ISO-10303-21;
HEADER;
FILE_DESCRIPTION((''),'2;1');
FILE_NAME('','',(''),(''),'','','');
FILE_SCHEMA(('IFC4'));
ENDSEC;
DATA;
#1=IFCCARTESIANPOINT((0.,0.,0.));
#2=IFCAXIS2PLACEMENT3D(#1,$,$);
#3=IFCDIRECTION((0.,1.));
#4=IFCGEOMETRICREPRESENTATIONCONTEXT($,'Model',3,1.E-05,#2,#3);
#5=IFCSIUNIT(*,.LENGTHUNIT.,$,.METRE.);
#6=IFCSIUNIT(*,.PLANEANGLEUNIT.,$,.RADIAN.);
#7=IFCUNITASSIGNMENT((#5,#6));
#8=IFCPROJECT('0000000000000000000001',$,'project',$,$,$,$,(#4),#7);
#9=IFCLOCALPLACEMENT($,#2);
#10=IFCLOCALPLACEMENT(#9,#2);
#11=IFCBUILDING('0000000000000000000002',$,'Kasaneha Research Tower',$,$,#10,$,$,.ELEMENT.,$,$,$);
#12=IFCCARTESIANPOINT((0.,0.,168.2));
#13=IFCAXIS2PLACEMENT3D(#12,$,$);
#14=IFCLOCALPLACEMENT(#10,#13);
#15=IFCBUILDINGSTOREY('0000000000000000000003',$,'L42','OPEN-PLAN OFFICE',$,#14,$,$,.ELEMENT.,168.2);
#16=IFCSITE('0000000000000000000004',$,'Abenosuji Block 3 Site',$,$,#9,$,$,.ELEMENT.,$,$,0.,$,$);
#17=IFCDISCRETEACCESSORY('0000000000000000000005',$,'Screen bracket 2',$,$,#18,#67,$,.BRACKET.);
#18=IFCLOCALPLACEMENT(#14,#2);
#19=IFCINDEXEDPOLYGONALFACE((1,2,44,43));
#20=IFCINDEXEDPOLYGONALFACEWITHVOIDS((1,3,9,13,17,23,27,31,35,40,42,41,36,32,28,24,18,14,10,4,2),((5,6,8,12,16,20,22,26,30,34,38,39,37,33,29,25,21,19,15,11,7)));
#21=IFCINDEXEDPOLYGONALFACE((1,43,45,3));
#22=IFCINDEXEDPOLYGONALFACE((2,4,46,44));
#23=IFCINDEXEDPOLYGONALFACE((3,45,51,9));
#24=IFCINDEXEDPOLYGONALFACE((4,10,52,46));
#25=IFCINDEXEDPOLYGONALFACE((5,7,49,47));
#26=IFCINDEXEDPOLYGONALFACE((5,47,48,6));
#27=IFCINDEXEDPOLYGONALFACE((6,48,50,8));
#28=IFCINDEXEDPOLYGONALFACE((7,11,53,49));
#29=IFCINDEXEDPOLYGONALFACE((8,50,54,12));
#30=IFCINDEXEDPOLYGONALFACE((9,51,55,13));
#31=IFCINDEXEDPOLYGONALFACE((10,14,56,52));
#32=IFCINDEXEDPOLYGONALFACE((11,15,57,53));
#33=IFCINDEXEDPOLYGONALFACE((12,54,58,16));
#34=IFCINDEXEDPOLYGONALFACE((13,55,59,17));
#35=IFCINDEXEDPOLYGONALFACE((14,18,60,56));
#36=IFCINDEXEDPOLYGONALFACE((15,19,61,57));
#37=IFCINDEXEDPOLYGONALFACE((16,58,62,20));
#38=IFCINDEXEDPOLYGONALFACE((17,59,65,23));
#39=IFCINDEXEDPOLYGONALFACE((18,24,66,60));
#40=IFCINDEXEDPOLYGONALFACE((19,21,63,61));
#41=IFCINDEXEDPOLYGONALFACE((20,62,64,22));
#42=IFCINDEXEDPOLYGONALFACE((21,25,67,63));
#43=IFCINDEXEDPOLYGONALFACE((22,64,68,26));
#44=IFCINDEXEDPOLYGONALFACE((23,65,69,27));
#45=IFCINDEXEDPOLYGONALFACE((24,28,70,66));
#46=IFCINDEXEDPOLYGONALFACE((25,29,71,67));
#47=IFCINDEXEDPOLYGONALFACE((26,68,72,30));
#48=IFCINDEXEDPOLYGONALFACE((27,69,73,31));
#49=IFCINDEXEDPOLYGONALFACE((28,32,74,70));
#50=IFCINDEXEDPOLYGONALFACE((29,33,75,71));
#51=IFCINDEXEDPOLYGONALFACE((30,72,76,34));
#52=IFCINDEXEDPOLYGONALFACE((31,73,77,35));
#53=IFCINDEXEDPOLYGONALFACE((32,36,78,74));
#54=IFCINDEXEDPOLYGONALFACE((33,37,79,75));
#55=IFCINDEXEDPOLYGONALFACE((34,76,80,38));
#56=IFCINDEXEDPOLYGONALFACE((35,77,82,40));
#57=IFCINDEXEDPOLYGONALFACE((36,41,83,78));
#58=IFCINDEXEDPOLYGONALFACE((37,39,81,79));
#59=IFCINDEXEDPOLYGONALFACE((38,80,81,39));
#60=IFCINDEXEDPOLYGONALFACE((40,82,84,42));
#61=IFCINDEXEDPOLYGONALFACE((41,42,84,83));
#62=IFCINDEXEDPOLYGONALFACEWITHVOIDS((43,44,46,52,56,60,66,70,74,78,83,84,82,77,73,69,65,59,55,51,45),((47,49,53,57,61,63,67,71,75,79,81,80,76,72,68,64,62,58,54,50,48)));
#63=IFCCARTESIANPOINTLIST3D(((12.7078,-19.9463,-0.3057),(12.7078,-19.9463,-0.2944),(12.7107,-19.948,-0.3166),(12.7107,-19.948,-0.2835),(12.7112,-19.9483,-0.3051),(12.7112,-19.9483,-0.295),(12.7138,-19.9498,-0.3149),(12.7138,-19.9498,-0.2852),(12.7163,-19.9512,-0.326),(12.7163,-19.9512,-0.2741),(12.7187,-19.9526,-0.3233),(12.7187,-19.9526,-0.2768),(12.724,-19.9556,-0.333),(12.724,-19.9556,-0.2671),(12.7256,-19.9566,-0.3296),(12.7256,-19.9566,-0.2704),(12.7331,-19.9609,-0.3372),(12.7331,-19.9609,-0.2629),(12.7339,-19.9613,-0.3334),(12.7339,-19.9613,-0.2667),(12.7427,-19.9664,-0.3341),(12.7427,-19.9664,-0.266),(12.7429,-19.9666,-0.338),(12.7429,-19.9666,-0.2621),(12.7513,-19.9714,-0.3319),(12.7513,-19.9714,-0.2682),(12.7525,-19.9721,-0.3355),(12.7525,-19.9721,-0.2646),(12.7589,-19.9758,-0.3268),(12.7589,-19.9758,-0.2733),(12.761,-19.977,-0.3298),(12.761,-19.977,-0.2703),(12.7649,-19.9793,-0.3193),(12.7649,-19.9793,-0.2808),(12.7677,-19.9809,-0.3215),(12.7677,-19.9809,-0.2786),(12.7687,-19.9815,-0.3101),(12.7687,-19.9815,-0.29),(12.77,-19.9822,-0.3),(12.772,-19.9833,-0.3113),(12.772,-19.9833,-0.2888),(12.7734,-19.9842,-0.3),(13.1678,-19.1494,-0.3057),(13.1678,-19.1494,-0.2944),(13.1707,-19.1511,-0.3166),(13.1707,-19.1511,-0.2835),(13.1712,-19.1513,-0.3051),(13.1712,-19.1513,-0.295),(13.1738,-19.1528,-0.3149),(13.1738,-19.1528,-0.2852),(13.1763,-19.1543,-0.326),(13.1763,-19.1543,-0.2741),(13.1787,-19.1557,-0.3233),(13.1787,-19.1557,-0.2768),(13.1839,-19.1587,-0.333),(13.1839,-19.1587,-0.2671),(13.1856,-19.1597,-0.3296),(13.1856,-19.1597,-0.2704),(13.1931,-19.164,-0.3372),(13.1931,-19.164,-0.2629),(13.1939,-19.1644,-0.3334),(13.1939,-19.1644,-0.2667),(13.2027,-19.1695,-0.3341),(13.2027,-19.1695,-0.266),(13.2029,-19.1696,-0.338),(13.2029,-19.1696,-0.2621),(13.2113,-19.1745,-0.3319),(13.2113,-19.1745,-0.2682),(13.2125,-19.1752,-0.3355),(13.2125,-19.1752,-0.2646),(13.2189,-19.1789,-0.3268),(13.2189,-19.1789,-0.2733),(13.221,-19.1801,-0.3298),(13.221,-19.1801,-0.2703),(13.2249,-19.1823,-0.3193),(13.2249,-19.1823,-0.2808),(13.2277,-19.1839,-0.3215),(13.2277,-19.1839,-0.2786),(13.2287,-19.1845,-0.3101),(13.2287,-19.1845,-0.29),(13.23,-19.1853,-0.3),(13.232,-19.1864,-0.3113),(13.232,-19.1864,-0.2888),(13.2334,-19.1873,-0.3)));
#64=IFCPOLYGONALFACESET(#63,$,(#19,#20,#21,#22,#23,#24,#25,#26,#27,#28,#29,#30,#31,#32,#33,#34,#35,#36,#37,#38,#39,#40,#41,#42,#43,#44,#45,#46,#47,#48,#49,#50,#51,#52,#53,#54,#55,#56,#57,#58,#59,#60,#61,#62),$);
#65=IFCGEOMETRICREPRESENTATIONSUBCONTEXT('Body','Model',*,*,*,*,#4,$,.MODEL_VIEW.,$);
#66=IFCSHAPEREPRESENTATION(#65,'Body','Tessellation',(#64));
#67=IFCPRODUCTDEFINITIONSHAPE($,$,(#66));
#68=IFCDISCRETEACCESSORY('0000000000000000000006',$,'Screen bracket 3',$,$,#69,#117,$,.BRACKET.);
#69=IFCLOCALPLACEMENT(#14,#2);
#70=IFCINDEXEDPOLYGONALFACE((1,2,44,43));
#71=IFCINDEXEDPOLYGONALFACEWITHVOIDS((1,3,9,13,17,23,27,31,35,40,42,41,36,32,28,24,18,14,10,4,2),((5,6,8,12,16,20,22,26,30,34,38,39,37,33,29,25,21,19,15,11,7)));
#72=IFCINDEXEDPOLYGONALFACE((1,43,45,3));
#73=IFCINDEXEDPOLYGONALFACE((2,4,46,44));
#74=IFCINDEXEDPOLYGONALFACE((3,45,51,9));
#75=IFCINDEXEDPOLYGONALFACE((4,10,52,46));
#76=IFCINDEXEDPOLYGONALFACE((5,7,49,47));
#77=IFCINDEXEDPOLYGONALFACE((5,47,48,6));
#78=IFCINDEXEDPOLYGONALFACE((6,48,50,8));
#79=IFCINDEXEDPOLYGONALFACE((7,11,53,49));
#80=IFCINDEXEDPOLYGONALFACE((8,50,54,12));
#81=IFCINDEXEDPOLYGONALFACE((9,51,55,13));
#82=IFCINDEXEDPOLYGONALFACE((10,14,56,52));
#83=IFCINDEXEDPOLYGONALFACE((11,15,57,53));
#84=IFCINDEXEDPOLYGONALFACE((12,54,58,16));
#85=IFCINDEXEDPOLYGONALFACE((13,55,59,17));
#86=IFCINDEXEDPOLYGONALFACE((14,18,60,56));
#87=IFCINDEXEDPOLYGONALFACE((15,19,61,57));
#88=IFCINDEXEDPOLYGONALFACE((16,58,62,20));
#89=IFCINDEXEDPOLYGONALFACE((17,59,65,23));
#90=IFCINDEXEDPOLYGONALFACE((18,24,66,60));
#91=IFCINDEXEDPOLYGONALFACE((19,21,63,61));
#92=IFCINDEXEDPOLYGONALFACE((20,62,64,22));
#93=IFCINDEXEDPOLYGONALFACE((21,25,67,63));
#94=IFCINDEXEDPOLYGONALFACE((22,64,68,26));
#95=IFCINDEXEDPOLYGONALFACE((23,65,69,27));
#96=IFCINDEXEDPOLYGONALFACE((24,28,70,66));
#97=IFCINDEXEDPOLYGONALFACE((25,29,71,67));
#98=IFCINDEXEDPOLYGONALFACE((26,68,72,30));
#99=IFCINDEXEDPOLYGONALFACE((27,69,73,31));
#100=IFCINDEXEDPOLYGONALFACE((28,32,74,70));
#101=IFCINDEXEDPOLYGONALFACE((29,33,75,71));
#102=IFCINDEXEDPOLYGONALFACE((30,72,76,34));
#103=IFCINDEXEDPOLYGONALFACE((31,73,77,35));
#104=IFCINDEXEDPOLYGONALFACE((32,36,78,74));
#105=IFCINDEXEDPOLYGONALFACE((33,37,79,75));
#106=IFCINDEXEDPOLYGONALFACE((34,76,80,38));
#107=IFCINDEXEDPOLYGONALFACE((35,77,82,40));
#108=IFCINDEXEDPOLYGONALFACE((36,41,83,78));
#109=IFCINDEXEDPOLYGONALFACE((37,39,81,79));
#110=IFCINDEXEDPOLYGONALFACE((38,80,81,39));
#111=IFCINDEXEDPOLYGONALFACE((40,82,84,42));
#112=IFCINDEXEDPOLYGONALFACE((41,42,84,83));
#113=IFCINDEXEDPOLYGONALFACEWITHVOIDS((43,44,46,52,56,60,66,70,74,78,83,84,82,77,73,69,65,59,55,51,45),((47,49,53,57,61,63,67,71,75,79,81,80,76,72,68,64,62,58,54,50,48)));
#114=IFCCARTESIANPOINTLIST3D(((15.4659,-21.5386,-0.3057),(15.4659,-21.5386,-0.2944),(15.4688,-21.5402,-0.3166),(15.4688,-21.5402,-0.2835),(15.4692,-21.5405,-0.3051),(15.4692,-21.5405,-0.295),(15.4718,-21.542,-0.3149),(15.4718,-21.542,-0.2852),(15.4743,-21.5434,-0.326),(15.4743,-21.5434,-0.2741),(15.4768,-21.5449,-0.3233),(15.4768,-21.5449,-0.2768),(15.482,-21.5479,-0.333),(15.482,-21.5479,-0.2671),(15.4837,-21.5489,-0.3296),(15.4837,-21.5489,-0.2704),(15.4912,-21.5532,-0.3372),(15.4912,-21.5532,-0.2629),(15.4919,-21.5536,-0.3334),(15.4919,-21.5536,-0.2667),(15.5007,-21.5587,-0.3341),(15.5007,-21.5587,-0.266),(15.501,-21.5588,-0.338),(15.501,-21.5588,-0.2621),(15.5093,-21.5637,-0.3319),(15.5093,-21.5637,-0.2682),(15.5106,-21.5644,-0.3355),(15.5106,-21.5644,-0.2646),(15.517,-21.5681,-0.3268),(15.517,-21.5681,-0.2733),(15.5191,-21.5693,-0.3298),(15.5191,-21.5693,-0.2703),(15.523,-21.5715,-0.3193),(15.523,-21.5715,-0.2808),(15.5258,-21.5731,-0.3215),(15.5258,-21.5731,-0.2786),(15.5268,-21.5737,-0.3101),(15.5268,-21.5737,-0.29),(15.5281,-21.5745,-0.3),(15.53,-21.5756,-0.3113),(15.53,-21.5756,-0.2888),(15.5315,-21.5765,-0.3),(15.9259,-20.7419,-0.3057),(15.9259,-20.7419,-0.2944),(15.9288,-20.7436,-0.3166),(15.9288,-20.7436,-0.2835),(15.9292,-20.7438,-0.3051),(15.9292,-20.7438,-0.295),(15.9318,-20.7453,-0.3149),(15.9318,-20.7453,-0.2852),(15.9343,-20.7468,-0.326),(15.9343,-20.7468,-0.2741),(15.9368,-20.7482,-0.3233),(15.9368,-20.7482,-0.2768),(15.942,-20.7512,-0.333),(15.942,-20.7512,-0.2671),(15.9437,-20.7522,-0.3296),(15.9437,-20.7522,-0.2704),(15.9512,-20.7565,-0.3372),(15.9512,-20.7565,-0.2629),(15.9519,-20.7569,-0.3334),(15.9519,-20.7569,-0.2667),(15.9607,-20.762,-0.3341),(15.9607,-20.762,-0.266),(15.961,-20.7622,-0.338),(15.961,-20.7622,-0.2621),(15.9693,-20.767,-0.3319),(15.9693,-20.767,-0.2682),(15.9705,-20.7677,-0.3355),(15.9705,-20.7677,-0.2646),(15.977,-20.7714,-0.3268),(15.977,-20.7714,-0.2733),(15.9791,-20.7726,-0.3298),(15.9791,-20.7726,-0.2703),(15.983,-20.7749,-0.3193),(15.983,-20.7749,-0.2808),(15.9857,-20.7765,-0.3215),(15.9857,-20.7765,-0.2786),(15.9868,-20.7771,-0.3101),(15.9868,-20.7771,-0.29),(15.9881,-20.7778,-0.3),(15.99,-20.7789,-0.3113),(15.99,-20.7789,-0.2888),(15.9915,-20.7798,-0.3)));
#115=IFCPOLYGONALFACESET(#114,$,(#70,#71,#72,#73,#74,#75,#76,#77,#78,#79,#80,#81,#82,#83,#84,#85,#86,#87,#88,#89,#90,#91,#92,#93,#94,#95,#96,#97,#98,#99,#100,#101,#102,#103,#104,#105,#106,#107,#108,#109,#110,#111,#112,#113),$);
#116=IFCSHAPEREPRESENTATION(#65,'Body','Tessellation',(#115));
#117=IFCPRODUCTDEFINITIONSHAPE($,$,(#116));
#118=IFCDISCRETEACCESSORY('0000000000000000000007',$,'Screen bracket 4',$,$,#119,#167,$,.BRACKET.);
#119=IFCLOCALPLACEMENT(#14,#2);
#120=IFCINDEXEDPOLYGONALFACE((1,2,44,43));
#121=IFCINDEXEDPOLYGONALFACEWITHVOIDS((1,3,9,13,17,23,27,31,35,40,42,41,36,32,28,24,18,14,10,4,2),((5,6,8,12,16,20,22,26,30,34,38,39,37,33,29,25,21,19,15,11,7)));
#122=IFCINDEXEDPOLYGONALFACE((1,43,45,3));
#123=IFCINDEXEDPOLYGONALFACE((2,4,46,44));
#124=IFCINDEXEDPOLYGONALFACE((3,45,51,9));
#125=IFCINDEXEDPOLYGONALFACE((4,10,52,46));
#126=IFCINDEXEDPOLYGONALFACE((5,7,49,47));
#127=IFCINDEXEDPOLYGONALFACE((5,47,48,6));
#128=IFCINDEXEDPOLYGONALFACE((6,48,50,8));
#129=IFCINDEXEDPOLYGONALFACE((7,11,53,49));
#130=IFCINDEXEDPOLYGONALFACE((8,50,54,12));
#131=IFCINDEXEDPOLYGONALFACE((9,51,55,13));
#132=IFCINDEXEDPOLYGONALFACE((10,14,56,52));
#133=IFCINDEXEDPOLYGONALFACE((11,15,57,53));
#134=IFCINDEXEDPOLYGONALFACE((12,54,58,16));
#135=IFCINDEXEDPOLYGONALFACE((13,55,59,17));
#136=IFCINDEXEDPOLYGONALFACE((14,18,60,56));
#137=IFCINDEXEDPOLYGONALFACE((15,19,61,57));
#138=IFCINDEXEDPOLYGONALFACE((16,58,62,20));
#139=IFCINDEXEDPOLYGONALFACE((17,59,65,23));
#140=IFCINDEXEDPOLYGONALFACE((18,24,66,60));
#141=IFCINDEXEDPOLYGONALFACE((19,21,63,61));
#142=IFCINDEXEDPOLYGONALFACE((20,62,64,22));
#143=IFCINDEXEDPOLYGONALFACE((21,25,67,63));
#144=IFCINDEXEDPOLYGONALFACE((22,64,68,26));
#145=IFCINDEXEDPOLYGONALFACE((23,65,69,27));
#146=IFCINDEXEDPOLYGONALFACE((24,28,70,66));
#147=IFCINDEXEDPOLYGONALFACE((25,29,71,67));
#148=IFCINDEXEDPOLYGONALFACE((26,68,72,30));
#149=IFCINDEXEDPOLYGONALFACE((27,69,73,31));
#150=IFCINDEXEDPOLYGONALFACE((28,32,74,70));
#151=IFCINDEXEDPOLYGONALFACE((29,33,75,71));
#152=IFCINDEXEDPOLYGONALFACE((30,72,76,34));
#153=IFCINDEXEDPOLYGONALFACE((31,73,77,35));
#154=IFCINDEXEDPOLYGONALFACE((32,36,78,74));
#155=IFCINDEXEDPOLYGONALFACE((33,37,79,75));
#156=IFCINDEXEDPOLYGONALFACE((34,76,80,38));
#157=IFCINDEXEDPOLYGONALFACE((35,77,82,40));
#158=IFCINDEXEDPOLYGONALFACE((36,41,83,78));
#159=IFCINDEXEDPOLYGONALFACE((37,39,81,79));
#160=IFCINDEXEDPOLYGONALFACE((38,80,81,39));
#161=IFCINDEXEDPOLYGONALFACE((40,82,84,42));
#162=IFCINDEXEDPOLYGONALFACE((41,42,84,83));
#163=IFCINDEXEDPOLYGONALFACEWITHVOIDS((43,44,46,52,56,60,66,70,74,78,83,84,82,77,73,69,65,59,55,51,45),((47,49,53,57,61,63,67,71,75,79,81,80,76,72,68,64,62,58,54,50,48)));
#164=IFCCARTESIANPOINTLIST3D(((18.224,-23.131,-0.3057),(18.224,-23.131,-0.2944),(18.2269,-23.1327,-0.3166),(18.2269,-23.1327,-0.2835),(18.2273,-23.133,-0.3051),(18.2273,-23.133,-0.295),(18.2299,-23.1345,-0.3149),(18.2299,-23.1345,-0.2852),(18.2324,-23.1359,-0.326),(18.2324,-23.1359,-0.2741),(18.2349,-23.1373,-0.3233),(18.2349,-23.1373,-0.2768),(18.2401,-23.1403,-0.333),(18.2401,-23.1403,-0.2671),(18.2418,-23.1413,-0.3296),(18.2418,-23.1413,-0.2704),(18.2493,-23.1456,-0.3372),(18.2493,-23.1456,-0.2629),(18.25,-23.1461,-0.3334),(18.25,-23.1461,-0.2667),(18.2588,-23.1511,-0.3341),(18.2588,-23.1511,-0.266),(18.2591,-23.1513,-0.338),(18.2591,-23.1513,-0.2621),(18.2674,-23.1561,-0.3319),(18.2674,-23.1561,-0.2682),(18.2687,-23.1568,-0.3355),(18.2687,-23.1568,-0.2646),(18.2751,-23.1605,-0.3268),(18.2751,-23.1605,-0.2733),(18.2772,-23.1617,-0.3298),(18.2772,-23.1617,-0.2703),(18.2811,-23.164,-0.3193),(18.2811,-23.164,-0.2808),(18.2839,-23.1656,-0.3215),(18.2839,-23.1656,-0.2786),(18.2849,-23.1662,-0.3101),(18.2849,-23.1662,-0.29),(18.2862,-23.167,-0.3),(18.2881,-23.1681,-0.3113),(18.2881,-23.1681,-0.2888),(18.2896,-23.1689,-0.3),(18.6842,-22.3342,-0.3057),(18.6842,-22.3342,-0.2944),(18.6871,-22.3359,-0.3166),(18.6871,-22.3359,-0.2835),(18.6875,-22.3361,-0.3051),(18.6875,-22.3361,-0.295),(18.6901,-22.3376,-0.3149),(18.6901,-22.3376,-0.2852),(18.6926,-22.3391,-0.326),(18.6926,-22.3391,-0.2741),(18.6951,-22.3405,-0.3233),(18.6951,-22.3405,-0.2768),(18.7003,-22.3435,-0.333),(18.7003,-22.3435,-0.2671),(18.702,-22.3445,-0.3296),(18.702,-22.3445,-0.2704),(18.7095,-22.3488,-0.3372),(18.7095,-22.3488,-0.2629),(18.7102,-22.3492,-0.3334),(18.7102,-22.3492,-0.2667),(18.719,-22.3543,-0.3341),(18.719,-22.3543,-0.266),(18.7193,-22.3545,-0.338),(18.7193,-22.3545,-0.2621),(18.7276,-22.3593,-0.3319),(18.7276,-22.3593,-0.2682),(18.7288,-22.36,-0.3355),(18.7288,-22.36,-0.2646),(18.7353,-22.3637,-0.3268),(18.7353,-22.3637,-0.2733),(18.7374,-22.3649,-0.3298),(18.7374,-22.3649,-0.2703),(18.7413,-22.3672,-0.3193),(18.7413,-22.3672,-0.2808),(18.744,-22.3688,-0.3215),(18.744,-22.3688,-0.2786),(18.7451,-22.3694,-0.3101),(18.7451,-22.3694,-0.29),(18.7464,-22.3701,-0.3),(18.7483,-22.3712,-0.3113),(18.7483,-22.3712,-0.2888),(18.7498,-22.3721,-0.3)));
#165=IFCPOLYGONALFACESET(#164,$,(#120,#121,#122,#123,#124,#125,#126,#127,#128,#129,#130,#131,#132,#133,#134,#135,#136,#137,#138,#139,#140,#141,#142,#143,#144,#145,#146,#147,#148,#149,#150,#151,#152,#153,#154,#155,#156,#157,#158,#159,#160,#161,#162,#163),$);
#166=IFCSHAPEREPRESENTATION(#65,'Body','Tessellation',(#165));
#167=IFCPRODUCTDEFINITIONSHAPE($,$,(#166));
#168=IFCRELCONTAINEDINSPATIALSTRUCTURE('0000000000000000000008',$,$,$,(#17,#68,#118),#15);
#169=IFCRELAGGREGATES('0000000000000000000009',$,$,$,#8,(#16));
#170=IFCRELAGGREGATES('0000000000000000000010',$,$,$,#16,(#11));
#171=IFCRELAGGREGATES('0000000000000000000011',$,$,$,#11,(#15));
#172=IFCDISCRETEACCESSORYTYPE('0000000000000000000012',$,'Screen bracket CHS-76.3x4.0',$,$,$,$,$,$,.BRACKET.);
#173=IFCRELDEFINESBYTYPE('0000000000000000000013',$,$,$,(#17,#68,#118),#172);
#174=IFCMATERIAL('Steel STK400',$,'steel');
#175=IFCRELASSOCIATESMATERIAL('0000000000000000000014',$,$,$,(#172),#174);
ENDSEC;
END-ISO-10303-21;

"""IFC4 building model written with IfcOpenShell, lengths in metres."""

from ifc_helpers import new_model, si_unit, direction, frame, origin, origin_2d, place, context, subcontext, project, spatial, hollow_circle, extrude, material, material_profile, profile_set, type_object, element, save


model = new_model("IFC4")

# Units and contexts
model_context = context("Model", 3, precision=1e-05, world=origin(), true_north=direction((0.0, 1.0)))
body_context = subcontext(model_context, "Body", "Model", "MODEL_VIEW")
ifc_project = project(units=[si_unit("LENGTHUNIT", "METRE"), si_unit("PLANEANGLEUNIT", "RADIAN")], contexts=[model_context])

# Site, building, storey
site_placement = place(None, origin())
site = spatial("IfcSite", under=ifc_project, at=site_placement, Name="Abenosuji Block 3 Site", CompositionType="ELEMENT", RefElevation=0.0)
building_placement = place(site_placement, origin())
building = spatial("IfcBuilding", under=site, at=building_placement, Name="Kasaneha Research Tower", CompositionType="ELEMENT")
storey_placement = place(building_placement, frame((0.0, 0.0, 168.2)))
storey = spatial("IfcBuildingStorey", under=building, at=storey_placement, Name="L42", Description="OPEN-PLAN OFFICE", CompositionType="ELEMENT", Elevation=168.2)

# Discrete accessories
ifc_material_1 = material(Name="Steel STK400", Category="steel")
ifc_material_profile_1 = material_profile(ifc_material_1, hollow_circle(Radius=0.0381, WallThickness=0.0039, at=origin_2d()), Name="CHS-76.3x4.0")
ifc_profile_set_1 = profile_set([ifc_material_profile_1], Name="Steel STK400")
discrete_accessory_type = type_object("IfcDiscreteAccessoryType", Name="Screen bracket CHS-76.3x4.0", PredefinedType="BRACKET", material=ifc_profile_set_1)
discrete_accessory_1_placement = place(storey_placement, frame((13.2004, -19.1682, -0.3), z_axis=(-0.499906, -0.86608, 0.0), x_axis=(0.86608, -0.499906, 0.0)))
element("IfcDiscreteAccessory", 1, at=discrete_accessory_1_placement, inside=storey, type_object=discrete_accessory_type, Name="Screen bracket 2", PredefinedType="BRACKET", context=body_context, shape_type="SweptSolid", body=[
    extrude(hollow_circle(Radius=0.0381, WallThickness=0.0039, at=origin_2d()), origin(), (0.0, 0.0, 1.0), 0.9202),
])
discrete_accessory_2_placement = place(storey_placement, frame((15.9585, -20.7607, -0.3), z_axis=(-0.500021, -0.866013, 0.0), x_axis=(0.866013, -0.500021, 0.0)))
element("IfcDiscreteAccessory", 2, at=discrete_accessory_2_placement, inside=storey, type_object=discrete_accessory_type, Name="Screen bracket 3", PredefinedType="BRACKET", context=body_context, shape_type="SweptSolid", body=[
    extrude(hollow_circle(Radius=0.0381, WallThickness=0.0039, at=origin_2d()), origin(), (0.0, 0.0, 1.0), 0.9199),
])
discrete_accessory_3_placement = place(storey_placement, frame((18.7168, -22.353, -0.3), z_axis=(-0.500105, -0.865965, 0.0), x_axis=(0.865965, -0.500105, 0.0)))
element("IfcDiscreteAccessory", 3, at=discrete_accessory_3_placement, inside=storey, type_object=discrete_accessory_type, Name="Screen bracket 4", PredefinedType="BRACKET", context=body_context, shape_type="SweptSolid", body=[
    extrude(hollow_circle(Radius=0.0381, WallThickness=0.0039, at=origin_2d()), origin(), (0.0, 0.0, 1.0), 0.9202),
])

save(model, "model.ifc")
